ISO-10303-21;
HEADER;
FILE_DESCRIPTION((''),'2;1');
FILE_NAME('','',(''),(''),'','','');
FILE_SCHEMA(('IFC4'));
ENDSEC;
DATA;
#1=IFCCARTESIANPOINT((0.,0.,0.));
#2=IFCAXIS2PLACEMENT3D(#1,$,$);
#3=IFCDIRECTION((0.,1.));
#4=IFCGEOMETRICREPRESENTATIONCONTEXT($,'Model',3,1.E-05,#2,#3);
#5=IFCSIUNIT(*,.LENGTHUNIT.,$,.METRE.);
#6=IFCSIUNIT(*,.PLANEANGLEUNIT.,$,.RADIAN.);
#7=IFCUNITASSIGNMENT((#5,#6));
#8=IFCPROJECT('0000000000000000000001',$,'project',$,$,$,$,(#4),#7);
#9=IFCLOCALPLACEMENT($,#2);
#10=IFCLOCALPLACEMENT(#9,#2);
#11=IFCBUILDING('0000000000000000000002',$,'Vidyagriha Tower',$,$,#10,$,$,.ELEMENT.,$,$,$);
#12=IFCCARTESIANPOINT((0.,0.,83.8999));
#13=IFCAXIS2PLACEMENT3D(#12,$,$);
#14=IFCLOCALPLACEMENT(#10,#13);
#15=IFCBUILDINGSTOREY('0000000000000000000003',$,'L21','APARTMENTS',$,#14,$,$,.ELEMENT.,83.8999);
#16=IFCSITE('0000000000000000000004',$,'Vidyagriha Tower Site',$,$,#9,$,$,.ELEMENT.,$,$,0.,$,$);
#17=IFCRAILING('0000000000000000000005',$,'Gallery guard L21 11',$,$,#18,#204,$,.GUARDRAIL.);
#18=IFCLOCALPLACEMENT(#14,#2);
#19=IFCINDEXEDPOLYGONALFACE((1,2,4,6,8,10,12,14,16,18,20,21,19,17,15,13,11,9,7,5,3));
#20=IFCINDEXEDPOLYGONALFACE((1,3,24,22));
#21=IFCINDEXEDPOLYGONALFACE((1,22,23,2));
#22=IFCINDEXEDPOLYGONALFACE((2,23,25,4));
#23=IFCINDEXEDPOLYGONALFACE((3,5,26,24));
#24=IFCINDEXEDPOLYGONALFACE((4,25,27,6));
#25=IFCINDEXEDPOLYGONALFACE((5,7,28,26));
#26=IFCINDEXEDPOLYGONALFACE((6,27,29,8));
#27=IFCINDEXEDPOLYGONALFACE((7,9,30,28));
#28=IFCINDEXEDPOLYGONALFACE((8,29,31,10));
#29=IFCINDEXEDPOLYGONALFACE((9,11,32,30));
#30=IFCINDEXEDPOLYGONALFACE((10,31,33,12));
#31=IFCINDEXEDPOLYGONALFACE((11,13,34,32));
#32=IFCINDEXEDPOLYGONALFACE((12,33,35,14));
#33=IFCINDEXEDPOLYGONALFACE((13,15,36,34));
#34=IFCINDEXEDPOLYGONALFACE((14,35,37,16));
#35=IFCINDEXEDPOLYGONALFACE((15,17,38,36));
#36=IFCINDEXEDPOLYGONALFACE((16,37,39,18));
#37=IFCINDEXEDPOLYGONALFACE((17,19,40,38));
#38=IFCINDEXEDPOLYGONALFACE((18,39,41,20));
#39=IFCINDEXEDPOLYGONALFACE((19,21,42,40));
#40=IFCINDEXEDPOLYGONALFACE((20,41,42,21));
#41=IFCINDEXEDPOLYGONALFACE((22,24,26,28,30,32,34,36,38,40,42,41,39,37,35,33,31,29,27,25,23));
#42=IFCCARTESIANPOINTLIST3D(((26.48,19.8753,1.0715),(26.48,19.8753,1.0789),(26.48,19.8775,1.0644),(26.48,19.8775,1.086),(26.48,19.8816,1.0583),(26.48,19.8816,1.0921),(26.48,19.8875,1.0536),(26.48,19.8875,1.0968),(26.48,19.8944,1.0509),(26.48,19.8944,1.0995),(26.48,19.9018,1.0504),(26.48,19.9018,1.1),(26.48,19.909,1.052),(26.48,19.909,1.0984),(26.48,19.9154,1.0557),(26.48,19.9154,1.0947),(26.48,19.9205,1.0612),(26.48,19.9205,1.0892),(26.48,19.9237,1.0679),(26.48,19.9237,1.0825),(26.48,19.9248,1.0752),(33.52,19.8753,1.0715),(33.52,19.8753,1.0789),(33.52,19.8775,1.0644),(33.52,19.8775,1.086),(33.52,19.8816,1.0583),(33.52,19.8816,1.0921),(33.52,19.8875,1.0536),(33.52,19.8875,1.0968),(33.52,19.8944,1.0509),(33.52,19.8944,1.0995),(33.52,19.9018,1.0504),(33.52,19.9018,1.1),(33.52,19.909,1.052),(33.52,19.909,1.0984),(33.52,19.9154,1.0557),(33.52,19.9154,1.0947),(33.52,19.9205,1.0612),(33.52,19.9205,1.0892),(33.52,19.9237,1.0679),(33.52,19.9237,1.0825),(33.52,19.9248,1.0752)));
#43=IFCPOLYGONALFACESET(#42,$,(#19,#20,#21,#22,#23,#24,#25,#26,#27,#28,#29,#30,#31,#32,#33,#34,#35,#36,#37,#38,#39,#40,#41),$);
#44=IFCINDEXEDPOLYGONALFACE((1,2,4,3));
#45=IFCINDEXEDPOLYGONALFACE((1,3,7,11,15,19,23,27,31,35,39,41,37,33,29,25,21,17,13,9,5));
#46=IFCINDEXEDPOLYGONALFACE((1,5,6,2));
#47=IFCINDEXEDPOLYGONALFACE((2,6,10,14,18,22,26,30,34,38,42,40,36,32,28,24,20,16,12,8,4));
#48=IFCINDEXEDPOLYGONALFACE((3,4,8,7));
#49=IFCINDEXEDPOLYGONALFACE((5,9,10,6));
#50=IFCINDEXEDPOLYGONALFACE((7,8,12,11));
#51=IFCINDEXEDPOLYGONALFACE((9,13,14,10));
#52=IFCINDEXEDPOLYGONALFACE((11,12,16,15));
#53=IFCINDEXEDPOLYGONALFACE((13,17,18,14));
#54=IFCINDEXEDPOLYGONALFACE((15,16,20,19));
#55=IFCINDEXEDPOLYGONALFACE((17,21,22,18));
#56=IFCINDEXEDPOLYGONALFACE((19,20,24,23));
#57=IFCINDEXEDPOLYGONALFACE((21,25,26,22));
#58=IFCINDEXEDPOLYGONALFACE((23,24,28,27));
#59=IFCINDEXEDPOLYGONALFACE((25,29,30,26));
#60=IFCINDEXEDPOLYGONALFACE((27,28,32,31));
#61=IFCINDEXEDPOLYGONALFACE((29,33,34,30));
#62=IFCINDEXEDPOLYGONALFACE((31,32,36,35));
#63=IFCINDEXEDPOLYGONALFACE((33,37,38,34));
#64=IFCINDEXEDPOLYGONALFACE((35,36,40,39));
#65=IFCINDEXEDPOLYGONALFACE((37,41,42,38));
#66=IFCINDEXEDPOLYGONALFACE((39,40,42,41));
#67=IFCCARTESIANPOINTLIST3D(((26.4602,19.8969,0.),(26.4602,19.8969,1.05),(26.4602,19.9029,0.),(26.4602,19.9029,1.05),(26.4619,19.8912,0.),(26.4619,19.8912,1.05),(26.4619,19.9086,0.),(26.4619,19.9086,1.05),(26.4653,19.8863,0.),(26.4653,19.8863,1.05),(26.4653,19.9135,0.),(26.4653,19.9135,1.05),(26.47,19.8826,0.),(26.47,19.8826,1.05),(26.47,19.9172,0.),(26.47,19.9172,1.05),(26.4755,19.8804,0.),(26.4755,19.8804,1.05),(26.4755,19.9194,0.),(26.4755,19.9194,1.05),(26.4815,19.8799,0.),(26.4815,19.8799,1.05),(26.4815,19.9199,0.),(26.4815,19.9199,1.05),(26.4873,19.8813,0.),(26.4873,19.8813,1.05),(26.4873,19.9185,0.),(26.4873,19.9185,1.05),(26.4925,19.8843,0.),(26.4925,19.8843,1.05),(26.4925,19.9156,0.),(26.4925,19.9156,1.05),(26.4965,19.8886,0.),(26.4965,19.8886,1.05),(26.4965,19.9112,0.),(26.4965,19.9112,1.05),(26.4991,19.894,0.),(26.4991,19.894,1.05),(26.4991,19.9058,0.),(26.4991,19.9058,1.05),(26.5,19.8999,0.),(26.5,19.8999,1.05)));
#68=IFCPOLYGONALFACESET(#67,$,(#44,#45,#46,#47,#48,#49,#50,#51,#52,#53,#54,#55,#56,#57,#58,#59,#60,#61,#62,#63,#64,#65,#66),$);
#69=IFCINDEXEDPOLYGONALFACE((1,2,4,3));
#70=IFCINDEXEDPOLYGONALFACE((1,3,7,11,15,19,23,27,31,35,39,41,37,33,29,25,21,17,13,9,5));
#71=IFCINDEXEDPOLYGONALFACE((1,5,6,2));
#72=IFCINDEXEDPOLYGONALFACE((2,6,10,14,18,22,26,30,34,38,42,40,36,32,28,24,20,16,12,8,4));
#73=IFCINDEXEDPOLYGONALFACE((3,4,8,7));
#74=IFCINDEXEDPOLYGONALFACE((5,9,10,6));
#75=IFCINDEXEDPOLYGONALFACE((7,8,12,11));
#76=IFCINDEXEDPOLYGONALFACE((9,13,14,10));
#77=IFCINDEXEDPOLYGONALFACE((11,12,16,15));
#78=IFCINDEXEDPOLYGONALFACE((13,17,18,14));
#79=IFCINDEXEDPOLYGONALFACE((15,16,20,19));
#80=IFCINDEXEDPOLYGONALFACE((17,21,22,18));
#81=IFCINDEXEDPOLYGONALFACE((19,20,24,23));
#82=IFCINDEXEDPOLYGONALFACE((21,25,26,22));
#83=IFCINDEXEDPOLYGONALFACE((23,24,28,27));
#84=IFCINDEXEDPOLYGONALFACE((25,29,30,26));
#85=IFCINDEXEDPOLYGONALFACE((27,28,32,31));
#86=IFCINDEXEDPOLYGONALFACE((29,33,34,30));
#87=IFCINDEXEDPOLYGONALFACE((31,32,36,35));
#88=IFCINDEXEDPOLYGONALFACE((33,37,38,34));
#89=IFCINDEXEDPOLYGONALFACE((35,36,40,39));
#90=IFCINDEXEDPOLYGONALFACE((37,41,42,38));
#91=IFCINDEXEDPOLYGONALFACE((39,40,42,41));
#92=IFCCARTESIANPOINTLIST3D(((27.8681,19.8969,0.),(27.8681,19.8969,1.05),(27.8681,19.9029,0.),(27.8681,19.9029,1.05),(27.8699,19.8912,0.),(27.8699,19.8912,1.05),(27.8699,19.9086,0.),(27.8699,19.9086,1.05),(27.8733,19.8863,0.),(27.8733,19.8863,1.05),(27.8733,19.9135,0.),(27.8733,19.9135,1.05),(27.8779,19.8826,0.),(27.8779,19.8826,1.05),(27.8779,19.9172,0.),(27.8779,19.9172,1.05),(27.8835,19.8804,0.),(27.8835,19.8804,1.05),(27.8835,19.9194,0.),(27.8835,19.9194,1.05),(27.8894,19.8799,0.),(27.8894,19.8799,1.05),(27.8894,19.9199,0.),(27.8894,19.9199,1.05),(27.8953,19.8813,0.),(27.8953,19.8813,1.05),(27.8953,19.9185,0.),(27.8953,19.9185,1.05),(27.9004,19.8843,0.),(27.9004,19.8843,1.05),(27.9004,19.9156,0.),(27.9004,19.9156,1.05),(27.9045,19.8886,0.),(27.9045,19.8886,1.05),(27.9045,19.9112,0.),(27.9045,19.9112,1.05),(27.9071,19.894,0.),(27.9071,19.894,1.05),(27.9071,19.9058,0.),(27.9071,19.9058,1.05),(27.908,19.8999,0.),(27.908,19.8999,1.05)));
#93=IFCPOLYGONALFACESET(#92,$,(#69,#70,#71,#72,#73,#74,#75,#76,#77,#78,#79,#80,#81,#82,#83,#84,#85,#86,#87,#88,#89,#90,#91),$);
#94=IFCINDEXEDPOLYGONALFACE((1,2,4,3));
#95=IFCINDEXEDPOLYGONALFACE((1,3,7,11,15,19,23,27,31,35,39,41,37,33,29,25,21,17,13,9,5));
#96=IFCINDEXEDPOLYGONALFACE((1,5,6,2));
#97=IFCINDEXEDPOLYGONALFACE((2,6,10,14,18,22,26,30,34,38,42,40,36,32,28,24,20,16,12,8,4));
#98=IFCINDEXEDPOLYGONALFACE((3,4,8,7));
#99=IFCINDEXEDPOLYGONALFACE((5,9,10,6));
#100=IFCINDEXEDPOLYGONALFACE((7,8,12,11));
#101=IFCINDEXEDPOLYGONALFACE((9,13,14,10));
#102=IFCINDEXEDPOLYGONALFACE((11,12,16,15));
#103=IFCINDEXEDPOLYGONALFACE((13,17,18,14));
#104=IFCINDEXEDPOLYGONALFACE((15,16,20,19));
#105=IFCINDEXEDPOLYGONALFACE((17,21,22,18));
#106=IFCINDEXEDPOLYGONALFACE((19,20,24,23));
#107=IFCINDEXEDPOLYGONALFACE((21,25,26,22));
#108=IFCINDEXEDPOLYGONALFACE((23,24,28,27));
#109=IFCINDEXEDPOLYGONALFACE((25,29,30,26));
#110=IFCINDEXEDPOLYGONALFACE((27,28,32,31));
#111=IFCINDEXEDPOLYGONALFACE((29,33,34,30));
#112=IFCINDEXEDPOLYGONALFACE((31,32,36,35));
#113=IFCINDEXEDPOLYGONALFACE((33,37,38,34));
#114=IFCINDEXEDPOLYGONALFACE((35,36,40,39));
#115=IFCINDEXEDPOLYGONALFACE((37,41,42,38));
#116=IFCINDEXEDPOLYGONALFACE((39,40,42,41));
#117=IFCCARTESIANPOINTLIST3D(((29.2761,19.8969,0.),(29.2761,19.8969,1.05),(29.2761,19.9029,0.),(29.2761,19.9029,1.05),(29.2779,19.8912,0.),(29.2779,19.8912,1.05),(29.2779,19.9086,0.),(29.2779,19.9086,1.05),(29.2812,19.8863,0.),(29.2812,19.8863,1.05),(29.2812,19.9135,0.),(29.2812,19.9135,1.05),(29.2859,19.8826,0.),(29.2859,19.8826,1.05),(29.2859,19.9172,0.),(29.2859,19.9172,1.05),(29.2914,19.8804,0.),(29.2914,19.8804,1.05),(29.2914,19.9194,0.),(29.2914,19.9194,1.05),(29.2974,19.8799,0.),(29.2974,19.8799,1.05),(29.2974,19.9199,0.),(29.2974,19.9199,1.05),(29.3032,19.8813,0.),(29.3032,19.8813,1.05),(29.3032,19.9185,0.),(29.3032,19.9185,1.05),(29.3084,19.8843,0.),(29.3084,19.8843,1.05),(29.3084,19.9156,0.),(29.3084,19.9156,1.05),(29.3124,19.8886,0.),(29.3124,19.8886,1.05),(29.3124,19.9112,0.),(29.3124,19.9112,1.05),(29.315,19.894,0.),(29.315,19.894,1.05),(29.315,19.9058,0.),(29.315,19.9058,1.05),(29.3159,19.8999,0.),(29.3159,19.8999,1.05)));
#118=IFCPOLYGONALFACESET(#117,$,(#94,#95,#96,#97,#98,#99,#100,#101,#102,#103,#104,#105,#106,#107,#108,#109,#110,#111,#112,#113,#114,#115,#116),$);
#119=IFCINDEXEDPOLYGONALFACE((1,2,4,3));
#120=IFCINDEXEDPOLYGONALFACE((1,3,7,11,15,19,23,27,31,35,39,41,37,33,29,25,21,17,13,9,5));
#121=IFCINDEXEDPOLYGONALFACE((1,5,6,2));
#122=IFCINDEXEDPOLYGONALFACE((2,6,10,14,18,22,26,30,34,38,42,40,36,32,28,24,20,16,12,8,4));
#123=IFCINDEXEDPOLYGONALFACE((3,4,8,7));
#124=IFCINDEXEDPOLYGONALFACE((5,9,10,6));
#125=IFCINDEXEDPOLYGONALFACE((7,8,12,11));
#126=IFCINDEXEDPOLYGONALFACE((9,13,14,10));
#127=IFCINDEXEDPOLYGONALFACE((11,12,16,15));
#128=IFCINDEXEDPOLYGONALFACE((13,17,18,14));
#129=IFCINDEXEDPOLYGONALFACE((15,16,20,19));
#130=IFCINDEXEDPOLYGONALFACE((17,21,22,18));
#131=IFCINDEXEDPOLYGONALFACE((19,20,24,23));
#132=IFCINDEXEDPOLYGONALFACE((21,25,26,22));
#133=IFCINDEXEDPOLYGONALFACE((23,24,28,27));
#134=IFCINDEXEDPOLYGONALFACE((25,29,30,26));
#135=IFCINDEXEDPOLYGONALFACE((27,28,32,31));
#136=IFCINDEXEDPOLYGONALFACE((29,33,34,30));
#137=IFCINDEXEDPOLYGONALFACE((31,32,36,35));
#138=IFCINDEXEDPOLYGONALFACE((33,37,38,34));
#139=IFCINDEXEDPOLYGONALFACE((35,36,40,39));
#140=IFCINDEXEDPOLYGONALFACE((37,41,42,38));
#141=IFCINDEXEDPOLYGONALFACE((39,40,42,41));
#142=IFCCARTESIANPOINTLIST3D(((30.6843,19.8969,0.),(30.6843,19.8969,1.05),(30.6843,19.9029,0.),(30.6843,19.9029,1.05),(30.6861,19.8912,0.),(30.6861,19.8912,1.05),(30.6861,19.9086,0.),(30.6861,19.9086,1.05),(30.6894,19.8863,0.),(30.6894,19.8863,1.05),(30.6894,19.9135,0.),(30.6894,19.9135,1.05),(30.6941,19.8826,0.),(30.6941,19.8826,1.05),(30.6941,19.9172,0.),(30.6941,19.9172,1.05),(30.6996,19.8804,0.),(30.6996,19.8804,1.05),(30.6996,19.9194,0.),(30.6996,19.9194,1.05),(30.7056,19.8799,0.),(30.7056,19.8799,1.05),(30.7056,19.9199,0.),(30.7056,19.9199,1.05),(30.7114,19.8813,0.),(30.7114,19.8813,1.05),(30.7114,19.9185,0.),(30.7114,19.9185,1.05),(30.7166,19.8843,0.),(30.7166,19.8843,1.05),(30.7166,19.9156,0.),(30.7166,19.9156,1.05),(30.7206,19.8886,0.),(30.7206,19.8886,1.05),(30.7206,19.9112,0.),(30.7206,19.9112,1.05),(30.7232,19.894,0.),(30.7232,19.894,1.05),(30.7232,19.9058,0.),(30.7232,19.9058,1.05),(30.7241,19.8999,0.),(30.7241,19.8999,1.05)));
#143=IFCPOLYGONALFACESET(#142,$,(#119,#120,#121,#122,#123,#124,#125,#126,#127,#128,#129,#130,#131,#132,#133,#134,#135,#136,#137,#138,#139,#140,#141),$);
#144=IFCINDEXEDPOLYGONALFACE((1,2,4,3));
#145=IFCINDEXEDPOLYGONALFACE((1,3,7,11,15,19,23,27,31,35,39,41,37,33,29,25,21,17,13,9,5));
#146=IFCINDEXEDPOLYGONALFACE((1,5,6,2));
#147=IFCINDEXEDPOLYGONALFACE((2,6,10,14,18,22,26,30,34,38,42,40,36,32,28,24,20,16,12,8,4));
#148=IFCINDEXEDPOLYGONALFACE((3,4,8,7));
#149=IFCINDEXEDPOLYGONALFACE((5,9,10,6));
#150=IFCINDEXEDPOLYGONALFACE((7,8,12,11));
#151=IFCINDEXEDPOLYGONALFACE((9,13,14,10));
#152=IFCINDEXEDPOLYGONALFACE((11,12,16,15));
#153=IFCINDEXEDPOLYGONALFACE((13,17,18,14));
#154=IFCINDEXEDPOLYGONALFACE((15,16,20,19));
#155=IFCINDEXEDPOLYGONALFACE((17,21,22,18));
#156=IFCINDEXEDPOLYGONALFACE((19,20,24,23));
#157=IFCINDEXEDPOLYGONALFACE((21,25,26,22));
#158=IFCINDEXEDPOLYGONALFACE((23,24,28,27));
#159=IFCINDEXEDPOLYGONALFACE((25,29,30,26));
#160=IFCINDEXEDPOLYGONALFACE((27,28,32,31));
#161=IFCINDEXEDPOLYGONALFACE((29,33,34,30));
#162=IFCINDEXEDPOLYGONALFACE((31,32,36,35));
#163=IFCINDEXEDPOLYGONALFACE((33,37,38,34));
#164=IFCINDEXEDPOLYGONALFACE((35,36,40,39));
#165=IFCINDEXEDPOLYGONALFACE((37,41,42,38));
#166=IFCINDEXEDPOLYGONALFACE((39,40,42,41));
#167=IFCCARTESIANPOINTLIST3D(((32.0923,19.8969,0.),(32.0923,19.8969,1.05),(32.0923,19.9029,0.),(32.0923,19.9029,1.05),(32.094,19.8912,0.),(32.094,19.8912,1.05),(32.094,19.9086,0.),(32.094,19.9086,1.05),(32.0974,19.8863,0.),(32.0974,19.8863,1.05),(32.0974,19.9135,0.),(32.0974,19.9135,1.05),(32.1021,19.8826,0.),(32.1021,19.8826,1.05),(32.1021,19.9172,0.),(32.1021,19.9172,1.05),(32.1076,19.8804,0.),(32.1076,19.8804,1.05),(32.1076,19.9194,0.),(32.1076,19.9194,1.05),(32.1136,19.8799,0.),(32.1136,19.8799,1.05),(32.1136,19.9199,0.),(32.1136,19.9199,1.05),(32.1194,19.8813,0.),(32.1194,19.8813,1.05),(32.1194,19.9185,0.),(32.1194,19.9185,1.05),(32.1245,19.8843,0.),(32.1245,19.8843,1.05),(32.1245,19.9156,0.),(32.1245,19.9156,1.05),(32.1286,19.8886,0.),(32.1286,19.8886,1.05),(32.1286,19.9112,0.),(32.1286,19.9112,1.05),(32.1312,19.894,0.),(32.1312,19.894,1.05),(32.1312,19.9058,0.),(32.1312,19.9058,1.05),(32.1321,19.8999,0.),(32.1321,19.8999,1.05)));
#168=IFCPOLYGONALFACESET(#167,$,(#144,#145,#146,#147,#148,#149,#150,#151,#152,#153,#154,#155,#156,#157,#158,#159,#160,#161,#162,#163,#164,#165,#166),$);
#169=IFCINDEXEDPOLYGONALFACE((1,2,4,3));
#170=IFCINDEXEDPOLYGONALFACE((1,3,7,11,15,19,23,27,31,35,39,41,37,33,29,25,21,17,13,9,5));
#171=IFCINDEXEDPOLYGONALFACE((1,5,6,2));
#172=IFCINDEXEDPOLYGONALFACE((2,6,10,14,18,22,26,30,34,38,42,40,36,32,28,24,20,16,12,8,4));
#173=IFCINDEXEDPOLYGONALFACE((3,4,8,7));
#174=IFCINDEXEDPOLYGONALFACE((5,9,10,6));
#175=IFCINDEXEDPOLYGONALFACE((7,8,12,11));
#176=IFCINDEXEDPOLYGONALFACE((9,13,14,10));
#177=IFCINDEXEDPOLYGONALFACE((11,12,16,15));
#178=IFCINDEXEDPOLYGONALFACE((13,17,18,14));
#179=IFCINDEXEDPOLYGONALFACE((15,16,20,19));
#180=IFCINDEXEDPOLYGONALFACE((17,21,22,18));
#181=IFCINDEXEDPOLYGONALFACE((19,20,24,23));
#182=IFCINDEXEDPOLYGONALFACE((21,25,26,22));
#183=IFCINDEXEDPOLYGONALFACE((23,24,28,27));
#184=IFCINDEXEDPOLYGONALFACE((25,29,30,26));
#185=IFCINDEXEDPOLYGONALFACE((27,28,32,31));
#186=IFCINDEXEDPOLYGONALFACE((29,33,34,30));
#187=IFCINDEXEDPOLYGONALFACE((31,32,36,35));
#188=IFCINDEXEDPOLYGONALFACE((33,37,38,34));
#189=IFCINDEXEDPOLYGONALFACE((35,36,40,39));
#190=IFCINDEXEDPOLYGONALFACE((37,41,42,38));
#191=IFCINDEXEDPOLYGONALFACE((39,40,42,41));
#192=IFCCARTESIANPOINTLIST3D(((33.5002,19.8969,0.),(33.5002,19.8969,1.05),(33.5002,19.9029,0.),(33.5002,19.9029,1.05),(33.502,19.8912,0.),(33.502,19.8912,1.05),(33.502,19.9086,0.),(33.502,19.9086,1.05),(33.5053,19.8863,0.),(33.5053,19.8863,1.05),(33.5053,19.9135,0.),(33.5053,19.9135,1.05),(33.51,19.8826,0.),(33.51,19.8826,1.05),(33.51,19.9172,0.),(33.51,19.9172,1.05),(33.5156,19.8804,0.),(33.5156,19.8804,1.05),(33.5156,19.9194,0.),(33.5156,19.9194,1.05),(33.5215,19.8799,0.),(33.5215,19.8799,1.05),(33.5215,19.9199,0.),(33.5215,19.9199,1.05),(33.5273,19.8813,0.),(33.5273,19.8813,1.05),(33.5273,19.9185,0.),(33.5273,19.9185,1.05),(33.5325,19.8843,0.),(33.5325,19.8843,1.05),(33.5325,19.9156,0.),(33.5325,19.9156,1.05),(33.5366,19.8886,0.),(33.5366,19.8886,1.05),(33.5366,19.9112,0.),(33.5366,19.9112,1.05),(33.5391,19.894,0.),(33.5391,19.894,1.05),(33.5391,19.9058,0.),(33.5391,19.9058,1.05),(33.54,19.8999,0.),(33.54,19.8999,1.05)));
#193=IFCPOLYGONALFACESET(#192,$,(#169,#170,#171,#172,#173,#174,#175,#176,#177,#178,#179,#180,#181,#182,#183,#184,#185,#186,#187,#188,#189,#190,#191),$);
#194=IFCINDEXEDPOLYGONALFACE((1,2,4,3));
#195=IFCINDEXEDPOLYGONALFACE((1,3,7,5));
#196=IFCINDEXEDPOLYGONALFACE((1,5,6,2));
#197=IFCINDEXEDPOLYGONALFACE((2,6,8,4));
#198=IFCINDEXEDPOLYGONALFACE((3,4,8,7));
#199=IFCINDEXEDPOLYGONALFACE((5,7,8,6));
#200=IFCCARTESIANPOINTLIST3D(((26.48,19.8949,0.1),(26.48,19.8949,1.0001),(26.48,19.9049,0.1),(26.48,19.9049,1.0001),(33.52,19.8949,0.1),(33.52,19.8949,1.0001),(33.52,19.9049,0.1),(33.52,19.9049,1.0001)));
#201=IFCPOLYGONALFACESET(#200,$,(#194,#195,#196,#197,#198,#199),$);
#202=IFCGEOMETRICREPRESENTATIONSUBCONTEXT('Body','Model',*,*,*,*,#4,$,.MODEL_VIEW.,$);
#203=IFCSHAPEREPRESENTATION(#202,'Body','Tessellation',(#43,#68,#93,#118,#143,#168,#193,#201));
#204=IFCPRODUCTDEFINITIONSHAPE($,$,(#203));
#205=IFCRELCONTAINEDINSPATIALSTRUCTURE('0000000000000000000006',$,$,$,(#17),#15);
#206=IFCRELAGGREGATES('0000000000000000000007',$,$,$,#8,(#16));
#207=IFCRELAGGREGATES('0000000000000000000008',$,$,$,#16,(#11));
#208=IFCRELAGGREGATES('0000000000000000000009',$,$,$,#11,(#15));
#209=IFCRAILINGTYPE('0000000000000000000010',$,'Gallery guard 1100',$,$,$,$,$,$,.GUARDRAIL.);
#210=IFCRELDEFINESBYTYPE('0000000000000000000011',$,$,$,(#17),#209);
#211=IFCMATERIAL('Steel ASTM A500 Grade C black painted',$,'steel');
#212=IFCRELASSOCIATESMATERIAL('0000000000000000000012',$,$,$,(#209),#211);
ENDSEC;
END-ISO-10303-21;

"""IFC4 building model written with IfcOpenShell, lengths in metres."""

from ifc_helpers import new_model, si_unit, direction, frame, origin, origin_2d, place, context, subcontext, project, spatial, rectangle, circle, extrude, material, type_object, element, save


model = new_model("IFC4")

# Units and contexts
model_context = context("Model", 3, precision=1e-05, world=origin(), true_north=direction((0.0, 1.0)))
body_context = subcontext(model_context, "Body", "Model", "MODEL_VIEW")
ifc_project = project(units=[si_unit("LENGTHUNIT", "METRE"), si_unit("PLANEANGLEUNIT", "RADIAN")], contexts=[model_context])

# Site, building, storey
site_placement = place(None, origin())
site = spatial("IfcSite", under=ifc_project, at=site_placement, Name="Vidyagriha Tower Site", CompositionType="ELEMENT", RefElevation=0.0)
building_placement = place(site_placement, origin())
building = spatial("IfcBuilding", under=site, at=building_placement, Name="Vidyagriha Tower", CompositionType="ELEMENT")
storey_placement = place(building_placement, frame((0.0, 0.0, 83.8999)))
storey = spatial("IfcBuildingStorey", under=building, at=storey_placement, Name="L21", Description="APARTMENTS", CompositionType="ELEMENT", Elevation=83.8999)

# Railing
ifc_material_1 = material(Name="Steel ASTM A500 Grade C black painted", Category="steel")
railing_type = type_object("IfcRailingType", Name="Gallery guard 1100", PredefinedType="GUARDRAIL", material=ifc_material_1)
for number, where, name in (
    (1, (26.48, 19.8999, 0.0), "Gallery guard L21 11"),
):
    element("IfcRailing", number, at=place(storey_placement, frame(where)), inside=storey, type_object=railing_type, Name=name, PredefinedType="GUARDRAIL", context=body_context, shape_type="SweptSolid", body=[
        extrude(circle(Radius=0.0249, at=origin_2d()), frame((0.0, 0.0, 1.0752), z_axis=(1.0, 0.0, 0.0), x_axis=(0.0, 1.0, 0.0)), (0.0, 0.0, 1.0), 7.04),
        extrude(circle(Radius=0.02, at=origin_2d()), origin(), (0.0, 0.0, 1.0), 1.05),
        extrude(circle(Radius=0.02, at=origin_2d()), frame((1.408, 0.0, 0.0)), (0.0, 0.0, 1.0), 1.05),
        extrude(circle(Radius=0.02, at=origin_2d()), frame((2.8159, 0.0, 0.0)), (0.0, 0.0, 1.0), 1.05),
        extrude(circle(Radius=0.02, at=origin_2d()), frame((4.2241, 0.0, 0.0)), (0.0, 0.0, 1.0), 1.05),
        extrude(circle(Radius=0.02, at=origin_2d()), frame((5.6321, 0.0, 0.0)), (0.0, 0.0, 1.0), 1.05),
        extrude(circle(Radius=0.02, at=origin_2d()), frame((7.04, 0.0, 0.0)), (0.0, 0.0, 1.0), 1.05),
        extrude(rectangle(XDim=0.01, YDim=0.9001, at=origin_2d()), frame((0.0, 0.0, 0.55), z_axis=(1.0, 0.0, 0.0), x_axis=(0.0, 1.0, 0.0)), (0.0, 0.0, 1.0), 7.04),
    ])

save(model, "model.ifc")
